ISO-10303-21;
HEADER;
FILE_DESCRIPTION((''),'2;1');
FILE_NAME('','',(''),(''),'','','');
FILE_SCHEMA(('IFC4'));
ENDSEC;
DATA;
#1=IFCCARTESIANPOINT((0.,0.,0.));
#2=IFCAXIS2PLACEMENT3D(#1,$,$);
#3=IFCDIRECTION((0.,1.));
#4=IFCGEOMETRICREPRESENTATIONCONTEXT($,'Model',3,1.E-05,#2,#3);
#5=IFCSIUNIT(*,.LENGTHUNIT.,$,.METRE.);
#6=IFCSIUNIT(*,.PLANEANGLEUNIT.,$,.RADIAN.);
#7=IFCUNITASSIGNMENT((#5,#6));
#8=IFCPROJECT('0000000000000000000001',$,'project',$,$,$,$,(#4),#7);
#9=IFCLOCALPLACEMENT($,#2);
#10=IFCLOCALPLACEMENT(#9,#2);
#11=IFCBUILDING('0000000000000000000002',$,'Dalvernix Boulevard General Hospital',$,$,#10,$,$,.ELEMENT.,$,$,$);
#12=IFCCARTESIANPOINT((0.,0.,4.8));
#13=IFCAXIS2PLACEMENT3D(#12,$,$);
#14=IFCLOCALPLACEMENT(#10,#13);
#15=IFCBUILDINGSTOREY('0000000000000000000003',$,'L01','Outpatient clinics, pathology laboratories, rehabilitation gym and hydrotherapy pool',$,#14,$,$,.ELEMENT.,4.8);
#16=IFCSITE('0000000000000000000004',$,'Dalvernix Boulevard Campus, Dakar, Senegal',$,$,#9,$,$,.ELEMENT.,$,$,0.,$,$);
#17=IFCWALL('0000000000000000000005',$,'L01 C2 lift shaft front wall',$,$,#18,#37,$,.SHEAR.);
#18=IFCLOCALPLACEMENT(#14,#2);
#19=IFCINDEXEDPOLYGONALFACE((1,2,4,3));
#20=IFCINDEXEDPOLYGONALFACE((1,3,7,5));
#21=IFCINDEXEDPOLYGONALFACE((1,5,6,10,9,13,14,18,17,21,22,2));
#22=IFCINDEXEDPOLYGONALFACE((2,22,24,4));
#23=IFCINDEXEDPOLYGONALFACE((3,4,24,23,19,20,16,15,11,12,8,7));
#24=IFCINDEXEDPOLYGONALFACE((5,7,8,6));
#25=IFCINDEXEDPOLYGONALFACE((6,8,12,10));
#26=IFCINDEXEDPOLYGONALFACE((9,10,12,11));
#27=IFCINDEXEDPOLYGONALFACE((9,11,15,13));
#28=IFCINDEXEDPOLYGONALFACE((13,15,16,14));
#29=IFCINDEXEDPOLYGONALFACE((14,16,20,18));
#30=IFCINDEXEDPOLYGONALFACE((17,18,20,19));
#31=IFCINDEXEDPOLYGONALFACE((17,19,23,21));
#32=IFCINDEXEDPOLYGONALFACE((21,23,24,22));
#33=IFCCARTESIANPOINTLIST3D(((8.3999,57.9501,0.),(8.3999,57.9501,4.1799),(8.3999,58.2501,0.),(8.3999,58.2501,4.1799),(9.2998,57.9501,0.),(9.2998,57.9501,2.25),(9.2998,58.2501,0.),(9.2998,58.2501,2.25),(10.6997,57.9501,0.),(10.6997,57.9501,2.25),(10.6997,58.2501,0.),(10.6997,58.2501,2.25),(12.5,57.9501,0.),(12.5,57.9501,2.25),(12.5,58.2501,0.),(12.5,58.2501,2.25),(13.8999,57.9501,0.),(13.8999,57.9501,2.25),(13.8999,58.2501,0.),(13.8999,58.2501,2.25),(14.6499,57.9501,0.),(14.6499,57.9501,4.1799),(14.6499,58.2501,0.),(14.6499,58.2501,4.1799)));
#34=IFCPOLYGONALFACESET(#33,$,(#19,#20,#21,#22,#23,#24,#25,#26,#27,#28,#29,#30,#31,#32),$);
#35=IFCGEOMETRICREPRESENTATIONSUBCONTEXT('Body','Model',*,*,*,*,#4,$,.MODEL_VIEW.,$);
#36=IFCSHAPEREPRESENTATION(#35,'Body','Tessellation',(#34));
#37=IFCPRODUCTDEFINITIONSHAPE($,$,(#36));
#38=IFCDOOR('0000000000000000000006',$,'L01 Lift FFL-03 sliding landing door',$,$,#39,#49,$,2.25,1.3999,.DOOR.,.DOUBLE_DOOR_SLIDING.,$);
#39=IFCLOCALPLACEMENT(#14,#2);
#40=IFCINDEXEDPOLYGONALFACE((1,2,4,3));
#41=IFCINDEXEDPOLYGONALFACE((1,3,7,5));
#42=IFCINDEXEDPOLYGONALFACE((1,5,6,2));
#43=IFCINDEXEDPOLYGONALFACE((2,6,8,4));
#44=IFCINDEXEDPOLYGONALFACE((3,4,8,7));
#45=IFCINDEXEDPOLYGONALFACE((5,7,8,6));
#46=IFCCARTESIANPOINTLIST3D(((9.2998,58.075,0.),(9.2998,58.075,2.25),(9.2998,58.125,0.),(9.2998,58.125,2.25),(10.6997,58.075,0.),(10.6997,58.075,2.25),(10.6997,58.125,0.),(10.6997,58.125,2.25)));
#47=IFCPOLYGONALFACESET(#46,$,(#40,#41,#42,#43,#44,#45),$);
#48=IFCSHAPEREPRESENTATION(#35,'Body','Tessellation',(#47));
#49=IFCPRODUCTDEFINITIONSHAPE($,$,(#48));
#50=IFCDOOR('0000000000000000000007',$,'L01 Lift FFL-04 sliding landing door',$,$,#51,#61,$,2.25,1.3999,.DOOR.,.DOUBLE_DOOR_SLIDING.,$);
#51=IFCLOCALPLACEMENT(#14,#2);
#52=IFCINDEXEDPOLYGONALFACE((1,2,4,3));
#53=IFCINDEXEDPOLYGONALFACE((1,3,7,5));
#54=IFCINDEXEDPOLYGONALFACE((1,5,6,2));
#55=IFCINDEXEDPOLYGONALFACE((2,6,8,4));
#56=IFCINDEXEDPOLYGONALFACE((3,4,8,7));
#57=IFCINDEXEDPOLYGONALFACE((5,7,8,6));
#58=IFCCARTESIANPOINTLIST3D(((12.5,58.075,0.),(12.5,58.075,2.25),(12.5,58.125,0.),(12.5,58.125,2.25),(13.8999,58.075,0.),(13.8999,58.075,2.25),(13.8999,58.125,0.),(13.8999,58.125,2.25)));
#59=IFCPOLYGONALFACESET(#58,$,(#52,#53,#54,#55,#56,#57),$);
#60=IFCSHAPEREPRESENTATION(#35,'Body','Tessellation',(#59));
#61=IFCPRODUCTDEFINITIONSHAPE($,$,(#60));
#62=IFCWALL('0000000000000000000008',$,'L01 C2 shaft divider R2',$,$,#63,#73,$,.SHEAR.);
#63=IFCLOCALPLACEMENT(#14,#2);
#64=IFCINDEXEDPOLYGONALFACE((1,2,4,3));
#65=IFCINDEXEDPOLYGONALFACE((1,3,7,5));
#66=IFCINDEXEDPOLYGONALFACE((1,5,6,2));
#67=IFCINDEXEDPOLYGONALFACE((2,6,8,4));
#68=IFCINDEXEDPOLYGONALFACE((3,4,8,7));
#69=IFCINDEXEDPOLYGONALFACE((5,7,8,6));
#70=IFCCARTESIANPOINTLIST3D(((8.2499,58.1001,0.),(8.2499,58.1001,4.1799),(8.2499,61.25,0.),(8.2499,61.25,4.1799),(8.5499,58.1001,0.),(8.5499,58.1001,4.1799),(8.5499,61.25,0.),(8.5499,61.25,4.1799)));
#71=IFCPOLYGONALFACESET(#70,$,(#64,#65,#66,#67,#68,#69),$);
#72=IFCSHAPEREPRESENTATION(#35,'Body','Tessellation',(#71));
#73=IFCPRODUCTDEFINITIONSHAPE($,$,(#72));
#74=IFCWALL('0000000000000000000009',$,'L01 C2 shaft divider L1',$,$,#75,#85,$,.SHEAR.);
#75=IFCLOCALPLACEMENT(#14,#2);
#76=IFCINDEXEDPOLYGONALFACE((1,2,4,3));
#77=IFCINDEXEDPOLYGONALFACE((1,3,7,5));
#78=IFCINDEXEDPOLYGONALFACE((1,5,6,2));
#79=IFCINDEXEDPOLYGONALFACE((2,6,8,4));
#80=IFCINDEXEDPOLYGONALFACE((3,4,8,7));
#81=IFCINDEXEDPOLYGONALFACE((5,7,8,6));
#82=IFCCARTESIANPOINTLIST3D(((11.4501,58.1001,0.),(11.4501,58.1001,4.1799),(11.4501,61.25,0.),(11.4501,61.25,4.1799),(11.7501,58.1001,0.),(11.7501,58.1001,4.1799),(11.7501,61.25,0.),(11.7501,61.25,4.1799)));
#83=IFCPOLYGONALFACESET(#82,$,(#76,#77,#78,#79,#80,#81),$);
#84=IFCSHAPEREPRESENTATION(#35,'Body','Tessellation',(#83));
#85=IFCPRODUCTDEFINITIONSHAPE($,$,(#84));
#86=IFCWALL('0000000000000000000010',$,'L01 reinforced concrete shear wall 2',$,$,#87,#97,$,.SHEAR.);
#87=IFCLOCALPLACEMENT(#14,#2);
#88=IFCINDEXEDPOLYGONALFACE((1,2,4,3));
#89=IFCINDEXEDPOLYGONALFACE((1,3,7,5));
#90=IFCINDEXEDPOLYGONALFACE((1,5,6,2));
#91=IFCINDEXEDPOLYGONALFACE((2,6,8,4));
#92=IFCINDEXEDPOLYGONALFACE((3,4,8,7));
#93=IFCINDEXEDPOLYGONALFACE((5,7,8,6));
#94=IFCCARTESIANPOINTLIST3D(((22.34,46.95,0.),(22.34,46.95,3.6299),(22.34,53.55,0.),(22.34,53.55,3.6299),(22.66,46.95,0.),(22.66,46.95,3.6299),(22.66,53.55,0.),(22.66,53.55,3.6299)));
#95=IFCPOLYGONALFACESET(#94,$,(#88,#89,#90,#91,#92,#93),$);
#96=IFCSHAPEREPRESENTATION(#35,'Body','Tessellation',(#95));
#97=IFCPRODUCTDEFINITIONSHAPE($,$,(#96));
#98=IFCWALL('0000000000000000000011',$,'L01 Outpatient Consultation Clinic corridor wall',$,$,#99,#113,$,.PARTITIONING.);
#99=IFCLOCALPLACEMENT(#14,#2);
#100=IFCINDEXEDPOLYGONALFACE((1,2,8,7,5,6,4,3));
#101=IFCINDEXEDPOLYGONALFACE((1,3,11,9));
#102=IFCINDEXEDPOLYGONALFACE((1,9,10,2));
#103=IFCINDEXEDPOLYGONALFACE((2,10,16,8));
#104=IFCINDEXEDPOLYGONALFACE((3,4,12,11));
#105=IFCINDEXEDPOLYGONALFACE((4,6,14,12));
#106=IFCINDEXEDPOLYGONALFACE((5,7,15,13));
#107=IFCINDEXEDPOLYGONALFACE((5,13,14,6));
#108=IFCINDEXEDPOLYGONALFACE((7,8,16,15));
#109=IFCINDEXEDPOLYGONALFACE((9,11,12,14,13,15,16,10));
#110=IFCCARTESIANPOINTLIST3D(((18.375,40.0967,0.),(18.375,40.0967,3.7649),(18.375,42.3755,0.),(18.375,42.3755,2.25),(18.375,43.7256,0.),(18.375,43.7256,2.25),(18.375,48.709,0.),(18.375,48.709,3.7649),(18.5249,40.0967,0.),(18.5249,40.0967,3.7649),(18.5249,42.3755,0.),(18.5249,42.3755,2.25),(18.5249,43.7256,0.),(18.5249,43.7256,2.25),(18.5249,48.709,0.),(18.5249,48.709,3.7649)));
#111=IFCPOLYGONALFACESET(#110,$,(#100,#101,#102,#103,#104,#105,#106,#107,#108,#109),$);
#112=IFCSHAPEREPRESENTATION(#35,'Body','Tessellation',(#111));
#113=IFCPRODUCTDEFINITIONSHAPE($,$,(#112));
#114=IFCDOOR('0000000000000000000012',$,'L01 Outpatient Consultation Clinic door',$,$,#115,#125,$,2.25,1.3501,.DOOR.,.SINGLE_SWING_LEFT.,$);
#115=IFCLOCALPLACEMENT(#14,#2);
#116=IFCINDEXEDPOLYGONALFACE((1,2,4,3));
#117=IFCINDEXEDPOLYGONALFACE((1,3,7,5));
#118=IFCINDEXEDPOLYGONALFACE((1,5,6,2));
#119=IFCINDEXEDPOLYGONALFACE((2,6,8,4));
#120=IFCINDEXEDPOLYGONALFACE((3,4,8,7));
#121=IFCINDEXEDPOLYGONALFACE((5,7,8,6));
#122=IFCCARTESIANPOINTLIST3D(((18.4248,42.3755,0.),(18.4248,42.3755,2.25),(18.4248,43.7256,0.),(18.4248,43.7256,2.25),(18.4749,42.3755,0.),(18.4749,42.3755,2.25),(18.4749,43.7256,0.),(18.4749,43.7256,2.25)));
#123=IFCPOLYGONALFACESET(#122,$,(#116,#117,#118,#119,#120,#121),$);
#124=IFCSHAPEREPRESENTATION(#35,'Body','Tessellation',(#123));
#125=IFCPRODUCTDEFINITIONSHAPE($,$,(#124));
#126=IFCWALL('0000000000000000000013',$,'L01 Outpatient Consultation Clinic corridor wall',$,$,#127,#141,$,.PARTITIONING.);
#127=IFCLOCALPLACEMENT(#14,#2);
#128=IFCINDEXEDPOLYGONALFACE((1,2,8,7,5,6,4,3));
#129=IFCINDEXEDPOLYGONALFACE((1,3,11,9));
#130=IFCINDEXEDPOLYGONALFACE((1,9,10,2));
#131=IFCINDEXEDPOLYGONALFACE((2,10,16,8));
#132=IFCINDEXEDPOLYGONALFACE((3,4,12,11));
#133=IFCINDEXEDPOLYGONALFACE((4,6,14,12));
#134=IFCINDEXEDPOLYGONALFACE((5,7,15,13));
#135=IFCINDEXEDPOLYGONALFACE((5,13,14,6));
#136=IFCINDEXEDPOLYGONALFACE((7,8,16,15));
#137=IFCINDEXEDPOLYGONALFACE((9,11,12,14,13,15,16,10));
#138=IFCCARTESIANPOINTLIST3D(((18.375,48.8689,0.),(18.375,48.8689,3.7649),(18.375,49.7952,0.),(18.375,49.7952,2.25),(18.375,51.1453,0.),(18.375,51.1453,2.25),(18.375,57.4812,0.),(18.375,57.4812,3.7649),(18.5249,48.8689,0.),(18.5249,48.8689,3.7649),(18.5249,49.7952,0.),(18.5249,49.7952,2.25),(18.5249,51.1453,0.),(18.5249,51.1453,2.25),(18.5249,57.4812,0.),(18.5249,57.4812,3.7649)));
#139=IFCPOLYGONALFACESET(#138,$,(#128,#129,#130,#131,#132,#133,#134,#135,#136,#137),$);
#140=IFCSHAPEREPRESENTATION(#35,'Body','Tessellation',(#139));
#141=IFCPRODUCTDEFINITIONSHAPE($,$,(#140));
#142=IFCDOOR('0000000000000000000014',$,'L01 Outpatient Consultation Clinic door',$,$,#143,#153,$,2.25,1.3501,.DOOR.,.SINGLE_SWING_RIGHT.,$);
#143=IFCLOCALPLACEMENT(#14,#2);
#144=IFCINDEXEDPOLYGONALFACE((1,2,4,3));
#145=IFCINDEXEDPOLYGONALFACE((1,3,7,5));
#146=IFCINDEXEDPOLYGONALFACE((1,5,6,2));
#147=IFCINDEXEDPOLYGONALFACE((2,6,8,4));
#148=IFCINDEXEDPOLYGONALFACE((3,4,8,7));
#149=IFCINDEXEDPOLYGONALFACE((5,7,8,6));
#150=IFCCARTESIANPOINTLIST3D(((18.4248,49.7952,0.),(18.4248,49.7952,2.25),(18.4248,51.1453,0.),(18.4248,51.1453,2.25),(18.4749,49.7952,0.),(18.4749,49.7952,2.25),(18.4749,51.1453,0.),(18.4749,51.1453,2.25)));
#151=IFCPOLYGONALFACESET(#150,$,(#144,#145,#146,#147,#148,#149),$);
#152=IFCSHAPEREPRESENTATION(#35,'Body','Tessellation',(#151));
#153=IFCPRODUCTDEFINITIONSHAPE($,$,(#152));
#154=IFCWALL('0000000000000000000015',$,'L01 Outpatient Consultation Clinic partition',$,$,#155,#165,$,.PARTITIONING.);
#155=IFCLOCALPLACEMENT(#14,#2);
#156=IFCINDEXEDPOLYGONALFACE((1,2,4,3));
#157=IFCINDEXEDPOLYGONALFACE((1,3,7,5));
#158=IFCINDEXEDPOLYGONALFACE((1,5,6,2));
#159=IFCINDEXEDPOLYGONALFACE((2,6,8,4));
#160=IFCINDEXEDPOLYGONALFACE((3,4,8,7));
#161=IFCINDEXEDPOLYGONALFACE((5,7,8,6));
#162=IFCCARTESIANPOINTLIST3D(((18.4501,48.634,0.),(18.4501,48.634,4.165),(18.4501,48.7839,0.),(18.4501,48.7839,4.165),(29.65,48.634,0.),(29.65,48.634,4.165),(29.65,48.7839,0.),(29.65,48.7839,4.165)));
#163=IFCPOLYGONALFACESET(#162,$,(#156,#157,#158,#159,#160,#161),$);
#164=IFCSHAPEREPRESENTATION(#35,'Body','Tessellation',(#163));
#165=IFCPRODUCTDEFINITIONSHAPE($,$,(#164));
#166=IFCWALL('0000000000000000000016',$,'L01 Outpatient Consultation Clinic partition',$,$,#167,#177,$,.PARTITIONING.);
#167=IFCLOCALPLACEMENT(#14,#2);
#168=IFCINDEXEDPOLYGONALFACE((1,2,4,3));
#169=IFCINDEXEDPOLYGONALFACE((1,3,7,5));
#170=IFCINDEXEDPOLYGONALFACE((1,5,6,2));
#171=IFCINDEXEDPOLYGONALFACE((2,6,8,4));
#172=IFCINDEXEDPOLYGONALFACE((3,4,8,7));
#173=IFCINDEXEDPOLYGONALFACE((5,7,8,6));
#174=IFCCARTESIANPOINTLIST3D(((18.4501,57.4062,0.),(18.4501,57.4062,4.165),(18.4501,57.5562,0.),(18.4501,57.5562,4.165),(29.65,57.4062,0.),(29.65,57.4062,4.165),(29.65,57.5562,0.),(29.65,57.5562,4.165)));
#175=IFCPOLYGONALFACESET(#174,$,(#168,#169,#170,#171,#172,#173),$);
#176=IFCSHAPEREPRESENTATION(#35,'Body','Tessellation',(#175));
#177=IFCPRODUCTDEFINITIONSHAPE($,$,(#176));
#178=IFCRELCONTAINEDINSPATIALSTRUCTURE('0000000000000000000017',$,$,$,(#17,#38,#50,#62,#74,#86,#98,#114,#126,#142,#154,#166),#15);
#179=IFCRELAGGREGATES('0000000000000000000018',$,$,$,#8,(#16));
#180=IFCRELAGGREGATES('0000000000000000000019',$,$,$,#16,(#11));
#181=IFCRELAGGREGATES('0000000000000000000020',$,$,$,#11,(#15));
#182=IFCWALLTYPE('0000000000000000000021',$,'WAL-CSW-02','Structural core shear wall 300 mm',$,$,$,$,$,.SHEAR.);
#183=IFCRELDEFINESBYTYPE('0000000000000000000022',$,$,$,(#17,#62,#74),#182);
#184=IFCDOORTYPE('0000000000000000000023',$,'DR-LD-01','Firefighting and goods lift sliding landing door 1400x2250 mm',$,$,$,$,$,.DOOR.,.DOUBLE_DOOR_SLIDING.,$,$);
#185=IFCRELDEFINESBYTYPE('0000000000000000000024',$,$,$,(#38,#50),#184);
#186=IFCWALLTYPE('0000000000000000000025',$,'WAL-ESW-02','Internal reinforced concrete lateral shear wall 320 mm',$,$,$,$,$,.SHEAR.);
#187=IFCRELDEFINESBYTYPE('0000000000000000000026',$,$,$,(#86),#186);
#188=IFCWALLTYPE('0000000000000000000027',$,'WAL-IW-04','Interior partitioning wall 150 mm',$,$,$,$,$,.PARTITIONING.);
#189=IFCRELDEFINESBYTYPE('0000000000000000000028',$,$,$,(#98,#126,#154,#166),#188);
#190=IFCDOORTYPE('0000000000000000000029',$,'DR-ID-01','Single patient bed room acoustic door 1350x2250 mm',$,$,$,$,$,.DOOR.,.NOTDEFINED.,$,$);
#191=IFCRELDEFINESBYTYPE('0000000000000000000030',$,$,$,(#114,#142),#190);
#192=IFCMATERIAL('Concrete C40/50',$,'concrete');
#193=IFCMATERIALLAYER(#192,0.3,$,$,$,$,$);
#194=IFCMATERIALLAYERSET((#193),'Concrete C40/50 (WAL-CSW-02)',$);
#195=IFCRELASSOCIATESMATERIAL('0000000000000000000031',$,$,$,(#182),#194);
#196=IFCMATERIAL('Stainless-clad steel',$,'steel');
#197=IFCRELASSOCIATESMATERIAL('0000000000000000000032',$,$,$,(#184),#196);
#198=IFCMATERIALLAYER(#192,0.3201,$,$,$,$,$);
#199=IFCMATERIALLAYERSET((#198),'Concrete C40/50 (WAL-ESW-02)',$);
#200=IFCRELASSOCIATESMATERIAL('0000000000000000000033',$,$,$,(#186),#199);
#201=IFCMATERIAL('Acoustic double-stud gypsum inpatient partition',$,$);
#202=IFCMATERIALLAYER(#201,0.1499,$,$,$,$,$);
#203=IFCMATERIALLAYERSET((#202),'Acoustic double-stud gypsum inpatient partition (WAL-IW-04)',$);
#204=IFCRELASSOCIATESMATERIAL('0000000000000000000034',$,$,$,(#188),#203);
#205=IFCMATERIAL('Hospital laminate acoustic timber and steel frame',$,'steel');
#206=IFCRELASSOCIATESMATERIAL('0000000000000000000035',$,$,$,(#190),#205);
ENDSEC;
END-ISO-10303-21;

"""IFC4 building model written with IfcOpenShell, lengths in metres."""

from ifc_helpers import new_model, si_unit, direction, frame, frame_2d, origin, place, context, subcontext, project, spatial, rectangle, extrude, material, layer, layer_set, type_object, element, fill, save


model = new_model("IFC4")

# Units and contexts
model_context = context("Model", 3, precision=1e-05, world=origin(), true_north=direction((0.0, 1.0)))
body_context = subcontext(model_context, "Body", "Model", "MODEL_VIEW")
ifc_project = project(units=[si_unit("LENGTHUNIT", "METRE"), si_unit("PLANEANGLEUNIT", "RADIAN")], contexts=[model_context])

# Site, building, storey
site_placement = place(None, origin())
site = spatial("IfcSite", under=ifc_project, at=site_placement, Name="Dalvernix Boulevard Campus, Dakar, Senegal", CompositionType="ELEMENT", RefElevation=0.0)
building_placement = place(site_placement, origin())
building = spatial("IfcBuilding", under=site, at=building_placement, Name="Dalvernix Boulevard General Hospital", CompositionType="ELEMENT")
storey_placement = place(building_placement, frame((0.0, 0.0, 4.8)))
storey = spatial("IfcBuildingStorey", under=building, at=storey_placement, Name="L01", Description="Outpatient clinics, pathology laboratories, rehabilitation gym and hydrotherapy pool", CompositionType="ELEMENT", Elevation=4.8)

# Shared definitions
ifc_material_1 = material(Name="Concrete C40/50", Category="concrete")

# Wall, openings, doors
ifc_layer_1 = layer(ifc_material_1, 0.3)
ifc_layer_set_1 = layer_set([ifc_layer_1], Name="Concrete C40/50 (WAL-CSW-02)")
wall_type_1 = type_object("IfcWallType", Name="WAL-CSW-02", Description="Structural core shear wall 300 mm", PredefinedType="SHEAR", material=ifc_layer_set_1)
wall_1_placement = place(storey_placement, frame((8.3999, 58.1001, 0.0), z_axis=(0.0, 0.0, 1.0), x_axis=(1.0, 0.0, 0.0)))
wall_1 = element("IfcWall", 1, at=wall_1_placement, inside=storey, type_object=wall_type_1, Name="L01 C2 lift shaft front wall", PredefinedType="SHEAR", context=body_context, shape_type="SweptSolid", body=[
    extrude(rectangle(XDim=6.25, YDim=0.3, at=frame_2d((3.125, 0.0))), origin(), (0.0, 0.0, 1.0), 4.1799),
])
opening_1_placement = place(wall_1_placement, frame((0.8999, 0.0, 0.0)))
opening_1 = element("IfcOpeningElement", 2, at=opening_1_placement, cuts=wall_1, PredefinedType="OPENING", context=body_context, shape_type="SweptSolid", body=[
    extrude(rectangle(XDim=1.3999, YDim=2.25, at=frame_2d((0.7, 1.125))), frame((0.0, 0.1599, 0.0), z_axis=(0.0, -1.0, 0.0), x_axis=(1.0, 0.0, 0.0)), (0.0, 0.0, 1.0), 0.3201),
])
opening_2_placement = place(wall_1_placement, frame((4.1001, 0.0, 0.0)))
opening_2 = element("IfcOpeningElement", 3, at=opening_2_placement, cuts=wall_1, PredefinedType="OPENING", context=body_context, shape_type="SweptSolid", body=[
    extrude(rectangle(XDim=1.3999, YDim=2.25, at=frame_2d((0.7, 1.125))), frame((0.0, 0.1599, 0.0), z_axis=(0.0, -1.0, 0.0), x_axis=(1.0, 0.0, 0.0)), (0.0, 0.0, 1.0), 0.3201),
])
ifc_material_2 = material(Name="Stainless-clad steel", Category="steel")
door_type_1 = type_object("IfcDoorType", Name="DR-LD-01", Description="Firefighting and goods lift sliding landing door 1400x2250 mm", OperationType="DOUBLE_DOOR_SLIDING", PredefinedType="DOOR", material=ifc_material_2)
door_1_placement = place(opening_1_placement, origin())
door_1 = element("IfcDoor", 4, at=door_1_placement, inside=storey, type_object=door_type_1, Name="L01 Lift FFL-03 sliding landing door", OperationType="DOUBLE_DOOR_SLIDING", OverallHeight=2.25, OverallWidth=1.3999, PredefinedType="DOOR", context=body_context, shape_type="SweptSolid", body=[
    extrude(rectangle(XDim=1.3999, YDim=2.25, at=frame_2d((0.7, 1.125))), frame((0.0, 0.0249, 0.0), z_axis=(0.0, -1.0, 0.0), x_axis=(1.0, 0.0, 0.0)), (0.0, 0.0, 1.0), 0.05),
])
fill(opening_1, door_1)
door_2_placement = place(opening_2_placement, origin())
door_2 = element("IfcDoor", 5, at=door_2_placement, inside=storey, type_object=door_type_1, Name="L01 Lift FFL-04 sliding landing door", OperationType="DOUBLE_DOOR_SLIDING", OverallHeight=2.25, OverallWidth=1.3999, PredefinedType="DOOR", context=body_context, shape_type="SweptSolid", body=[
    extrude(rectangle(XDim=1.3999, YDim=2.25, at=frame_2d((0.7, 1.125))), frame((0.0, 0.0249, 0.0), z_axis=(0.0, -1.0, 0.0), x_axis=(1.0, 0.0, 0.0)), (0.0, 0.0, 1.0), 0.05),
])
fill(opening_2, door_2)

# Walls
for number, where, z_axis, x_axis, name in (
    (6, (8.3999, 58.1001, 0.0), (0.0, 0.0, 1.0), (0.0, 1.0, 0.0), "L01 C2 shaft divider R2"),
    (7, (11.6001, 58.1001, 0.0), (0.0, 0.0, 1.0), (0.0, 1.0, 0.0), "L01 C2 shaft divider L1"),
):
    element("IfcWall", number, at=place(storey_placement, frame(where, z_axis=z_axis, x_axis=x_axis)), inside=storey, type_object=wall_type_1, Name=name, PredefinedType="SHEAR", context=body_context, shape_type="SweptSolid", body=[
        extrude(rectangle(XDim=3.1499, YDim=0.3, at=frame_2d((1.575, 0.0))), origin(), (0.0, 0.0, 1.0), 4.1799),
    ])
ifc_layer_2 = layer(ifc_material_1, 0.3201)
ifc_layer_set_2 = layer_set([ifc_layer_2], Name="Concrete C40/50 (WAL-ESW-02)")
wall_type_2 = type_object("IfcWallType", Name="WAL-ESW-02", Description="Internal reinforced concrete lateral shear wall 320 mm", PredefinedType="SHEAR", material=ifc_layer_set_2)
wall_2_placement = place(storey_placement, frame((22.5, 46.95, 0.0), z_axis=(0.0, 0.0, 1.0), x_axis=(0.0, 1.0, 0.0)))
element("IfcWall", 8, at=wall_2_placement, inside=storey, type_object=wall_type_2, Name="L01 reinforced concrete shear wall 2", PredefinedType="SHEAR", context=body_context, shape_type="SweptSolid", body=[
    extrude(rectangle(XDim=6.6001, YDim=0.3201, at=frame_2d((3.3, 0.0))), origin(), (0.0, 0.0, 1.0), 3.6299),
])

# Walls, openings, doors
ifc_material_3 = material(Name="Acoustic double-stud gypsum inpatient partition")
ifc_layer_3 = layer(ifc_material_3, 0.1499)
ifc_layer_set_3 = layer_set([ifc_layer_3], Name="Acoustic double-stud gypsum inpatient partition (WAL-IW-04)")
wall_type_3 = type_object("IfcWallType", Name="WAL-IW-04", Description="Interior partitioning wall 150 mm", PredefinedType="PARTITIONING", material=ifc_layer_set_3)
wall_3_placement = place(storey_placement, frame((18.45, 48.709, 0.0), z_axis=(0.0, 0.0, 1.0), x_axis=(0.0, -1.0, 0.0)))
wall_3 = element("IfcWall", 9, at=wall_3_placement, inside=storey, type_object=wall_type_3, Name="L01 Outpatient Consultation Clinic corridor wall", PredefinedType="PARTITIONING", context=body_context, shape_type="SweptSolid", body=[
    extrude(rectangle(XDim=8.6123, YDim=0.1499, at=frame_2d((4.3062, 0.0))), origin(), (0.0, 0.0, 1.0), 3.7649),
])
opening_3_placement = place(wall_3_placement, frame((4.9834, 0.0, 0.0)))
opening_3 = element("IfcOpeningElement", 10, at=opening_3_placement, cuts=wall_3, PredefinedType="OPENING", context=body_context, shape_type="SweptSolid", body=[
    extrude(rectangle(XDim=1.3501, YDim=2.25, at=frame_2d((0.675, 1.125))), frame((0.0, 0.085, 0.0), z_axis=(0.0, -1.0, 0.0), x_axis=(1.0, 0.0, 0.0)), (0.0, 0.0, 1.0), 0.1699),
])
ifc_material_4 = material(Name="Hospital laminate acoustic timber and steel frame", Category="steel")
door_type_2 = type_object("IfcDoorType", Name="DR-ID-01", Description="Single patient bed room acoustic door 1350x2250 mm", OperationType="NOTDEFINED", PredefinedType="DOOR", material=ifc_material_4)
door_3_placement = place(opening_3_placement, origin())
door_3 = element("IfcDoor", 11, at=door_3_placement, inside=storey, type_object=door_type_2, Name="L01 Outpatient Consultation Clinic door", OperationType="SINGLE_SWING_LEFT", OverallHeight=2.25, OverallWidth=1.3501, PredefinedType="DOOR", context=body_context, shape_type="SweptSolid", body=[
    extrude(rectangle(XDim=1.3501, YDim=2.25, at=frame_2d((0.675, 1.125))), frame((0.0, 0.0249, 0.0), z_axis=(0.0, -1.0, 0.0), x_axis=(1.0, 0.0, 0.0)), (0.0, 0.0, 1.0), 0.05),
])
fill(opening_3, door_3)
wall_4_placement = place(storey_placement, frame((18.45, 57.4812, 0.0), z_axis=(0.0, 0.0, 1.0), x_axis=(0.0, -1.0, 0.0)))
wall_4 = element("IfcWall", 12, at=wall_4_placement, inside=storey, type_object=wall_type_3, Name="L01 Outpatient Consultation Clinic corridor wall", PredefinedType="PARTITIONING", context=body_context, shape_type="SweptSolid", body=[
    extrude(rectangle(XDim=8.6123, YDim=0.1499, at=frame_2d((4.3062, 0.0))), origin(), (0.0, 0.0, 1.0), 3.7649),
])
opening_4_placement = place(wall_4_placement, frame((6.3359, 0.0, 0.0)))
opening_4 = element("IfcOpeningElement", 13, at=opening_4_placement, cuts=wall_4, PredefinedType="OPENING", context=body_context, shape_type="SweptSolid", body=[
    extrude(rectangle(XDim=1.3501, YDim=2.25, at=frame_2d((0.675, 1.125))), frame((0.0, 0.085, 0.0), z_axis=(0.0, -1.0, 0.0), x_axis=(1.0, 0.0, 0.0)), (0.0, 0.0, 1.0), 0.1699),
])
door_4_placement = place(opening_4_placement, origin())
door_4 = element("IfcDoor", 14, at=door_4_placement, inside=storey, type_object=door_type_2, Name="L01 Outpatient Consultation Clinic door", OperationType="SINGLE_SWING_RIGHT", OverallHeight=2.25, OverallWidth=1.3501, PredefinedType="DOOR", context=body_context, shape_type="SweptSolid", body=[
    extrude(rectangle(XDim=1.3501, YDim=2.25, at=frame_2d((0.675, 1.125))), frame((0.0, 0.0249, 0.0), z_axis=(0.0, -1.0, 0.0), x_axis=(1.0, 0.0, 0.0)), (0.0, 0.0, 1.0), 0.05),
])
fill(opening_4, door_4)

# Walls
for number, where, z_axis, x_axis, name in (
    (15, (18.45, 48.709, 0.0), (0.0, 0.0, 1.0), (1.0, 0.0, 0.0), "L01 Outpatient Consultation Clinic partition"),
    (16, (18.45, 57.4812, 0.0), (0.0, 0.0, 1.0), (1.0, 0.0, 0.0), "L01 Outpatient Consultation Clinic partition"),
):
    element("IfcWall", number, at=place(storey_placement, frame(where, z_axis=z_axis, x_axis=x_axis)), inside=storey, type_object=wall_type_3, Name=name, PredefinedType="PARTITIONING", context=body_context, shape_type="SweptSolid", body=[
        extrude(rectangle(XDim=11.2, YDim=0.1499, at=frame_2d((5.6001, 0.0))), origin(), (0.0, 0.0, 1.0), 4.165),
    ])

save(model, "model.ifc")
